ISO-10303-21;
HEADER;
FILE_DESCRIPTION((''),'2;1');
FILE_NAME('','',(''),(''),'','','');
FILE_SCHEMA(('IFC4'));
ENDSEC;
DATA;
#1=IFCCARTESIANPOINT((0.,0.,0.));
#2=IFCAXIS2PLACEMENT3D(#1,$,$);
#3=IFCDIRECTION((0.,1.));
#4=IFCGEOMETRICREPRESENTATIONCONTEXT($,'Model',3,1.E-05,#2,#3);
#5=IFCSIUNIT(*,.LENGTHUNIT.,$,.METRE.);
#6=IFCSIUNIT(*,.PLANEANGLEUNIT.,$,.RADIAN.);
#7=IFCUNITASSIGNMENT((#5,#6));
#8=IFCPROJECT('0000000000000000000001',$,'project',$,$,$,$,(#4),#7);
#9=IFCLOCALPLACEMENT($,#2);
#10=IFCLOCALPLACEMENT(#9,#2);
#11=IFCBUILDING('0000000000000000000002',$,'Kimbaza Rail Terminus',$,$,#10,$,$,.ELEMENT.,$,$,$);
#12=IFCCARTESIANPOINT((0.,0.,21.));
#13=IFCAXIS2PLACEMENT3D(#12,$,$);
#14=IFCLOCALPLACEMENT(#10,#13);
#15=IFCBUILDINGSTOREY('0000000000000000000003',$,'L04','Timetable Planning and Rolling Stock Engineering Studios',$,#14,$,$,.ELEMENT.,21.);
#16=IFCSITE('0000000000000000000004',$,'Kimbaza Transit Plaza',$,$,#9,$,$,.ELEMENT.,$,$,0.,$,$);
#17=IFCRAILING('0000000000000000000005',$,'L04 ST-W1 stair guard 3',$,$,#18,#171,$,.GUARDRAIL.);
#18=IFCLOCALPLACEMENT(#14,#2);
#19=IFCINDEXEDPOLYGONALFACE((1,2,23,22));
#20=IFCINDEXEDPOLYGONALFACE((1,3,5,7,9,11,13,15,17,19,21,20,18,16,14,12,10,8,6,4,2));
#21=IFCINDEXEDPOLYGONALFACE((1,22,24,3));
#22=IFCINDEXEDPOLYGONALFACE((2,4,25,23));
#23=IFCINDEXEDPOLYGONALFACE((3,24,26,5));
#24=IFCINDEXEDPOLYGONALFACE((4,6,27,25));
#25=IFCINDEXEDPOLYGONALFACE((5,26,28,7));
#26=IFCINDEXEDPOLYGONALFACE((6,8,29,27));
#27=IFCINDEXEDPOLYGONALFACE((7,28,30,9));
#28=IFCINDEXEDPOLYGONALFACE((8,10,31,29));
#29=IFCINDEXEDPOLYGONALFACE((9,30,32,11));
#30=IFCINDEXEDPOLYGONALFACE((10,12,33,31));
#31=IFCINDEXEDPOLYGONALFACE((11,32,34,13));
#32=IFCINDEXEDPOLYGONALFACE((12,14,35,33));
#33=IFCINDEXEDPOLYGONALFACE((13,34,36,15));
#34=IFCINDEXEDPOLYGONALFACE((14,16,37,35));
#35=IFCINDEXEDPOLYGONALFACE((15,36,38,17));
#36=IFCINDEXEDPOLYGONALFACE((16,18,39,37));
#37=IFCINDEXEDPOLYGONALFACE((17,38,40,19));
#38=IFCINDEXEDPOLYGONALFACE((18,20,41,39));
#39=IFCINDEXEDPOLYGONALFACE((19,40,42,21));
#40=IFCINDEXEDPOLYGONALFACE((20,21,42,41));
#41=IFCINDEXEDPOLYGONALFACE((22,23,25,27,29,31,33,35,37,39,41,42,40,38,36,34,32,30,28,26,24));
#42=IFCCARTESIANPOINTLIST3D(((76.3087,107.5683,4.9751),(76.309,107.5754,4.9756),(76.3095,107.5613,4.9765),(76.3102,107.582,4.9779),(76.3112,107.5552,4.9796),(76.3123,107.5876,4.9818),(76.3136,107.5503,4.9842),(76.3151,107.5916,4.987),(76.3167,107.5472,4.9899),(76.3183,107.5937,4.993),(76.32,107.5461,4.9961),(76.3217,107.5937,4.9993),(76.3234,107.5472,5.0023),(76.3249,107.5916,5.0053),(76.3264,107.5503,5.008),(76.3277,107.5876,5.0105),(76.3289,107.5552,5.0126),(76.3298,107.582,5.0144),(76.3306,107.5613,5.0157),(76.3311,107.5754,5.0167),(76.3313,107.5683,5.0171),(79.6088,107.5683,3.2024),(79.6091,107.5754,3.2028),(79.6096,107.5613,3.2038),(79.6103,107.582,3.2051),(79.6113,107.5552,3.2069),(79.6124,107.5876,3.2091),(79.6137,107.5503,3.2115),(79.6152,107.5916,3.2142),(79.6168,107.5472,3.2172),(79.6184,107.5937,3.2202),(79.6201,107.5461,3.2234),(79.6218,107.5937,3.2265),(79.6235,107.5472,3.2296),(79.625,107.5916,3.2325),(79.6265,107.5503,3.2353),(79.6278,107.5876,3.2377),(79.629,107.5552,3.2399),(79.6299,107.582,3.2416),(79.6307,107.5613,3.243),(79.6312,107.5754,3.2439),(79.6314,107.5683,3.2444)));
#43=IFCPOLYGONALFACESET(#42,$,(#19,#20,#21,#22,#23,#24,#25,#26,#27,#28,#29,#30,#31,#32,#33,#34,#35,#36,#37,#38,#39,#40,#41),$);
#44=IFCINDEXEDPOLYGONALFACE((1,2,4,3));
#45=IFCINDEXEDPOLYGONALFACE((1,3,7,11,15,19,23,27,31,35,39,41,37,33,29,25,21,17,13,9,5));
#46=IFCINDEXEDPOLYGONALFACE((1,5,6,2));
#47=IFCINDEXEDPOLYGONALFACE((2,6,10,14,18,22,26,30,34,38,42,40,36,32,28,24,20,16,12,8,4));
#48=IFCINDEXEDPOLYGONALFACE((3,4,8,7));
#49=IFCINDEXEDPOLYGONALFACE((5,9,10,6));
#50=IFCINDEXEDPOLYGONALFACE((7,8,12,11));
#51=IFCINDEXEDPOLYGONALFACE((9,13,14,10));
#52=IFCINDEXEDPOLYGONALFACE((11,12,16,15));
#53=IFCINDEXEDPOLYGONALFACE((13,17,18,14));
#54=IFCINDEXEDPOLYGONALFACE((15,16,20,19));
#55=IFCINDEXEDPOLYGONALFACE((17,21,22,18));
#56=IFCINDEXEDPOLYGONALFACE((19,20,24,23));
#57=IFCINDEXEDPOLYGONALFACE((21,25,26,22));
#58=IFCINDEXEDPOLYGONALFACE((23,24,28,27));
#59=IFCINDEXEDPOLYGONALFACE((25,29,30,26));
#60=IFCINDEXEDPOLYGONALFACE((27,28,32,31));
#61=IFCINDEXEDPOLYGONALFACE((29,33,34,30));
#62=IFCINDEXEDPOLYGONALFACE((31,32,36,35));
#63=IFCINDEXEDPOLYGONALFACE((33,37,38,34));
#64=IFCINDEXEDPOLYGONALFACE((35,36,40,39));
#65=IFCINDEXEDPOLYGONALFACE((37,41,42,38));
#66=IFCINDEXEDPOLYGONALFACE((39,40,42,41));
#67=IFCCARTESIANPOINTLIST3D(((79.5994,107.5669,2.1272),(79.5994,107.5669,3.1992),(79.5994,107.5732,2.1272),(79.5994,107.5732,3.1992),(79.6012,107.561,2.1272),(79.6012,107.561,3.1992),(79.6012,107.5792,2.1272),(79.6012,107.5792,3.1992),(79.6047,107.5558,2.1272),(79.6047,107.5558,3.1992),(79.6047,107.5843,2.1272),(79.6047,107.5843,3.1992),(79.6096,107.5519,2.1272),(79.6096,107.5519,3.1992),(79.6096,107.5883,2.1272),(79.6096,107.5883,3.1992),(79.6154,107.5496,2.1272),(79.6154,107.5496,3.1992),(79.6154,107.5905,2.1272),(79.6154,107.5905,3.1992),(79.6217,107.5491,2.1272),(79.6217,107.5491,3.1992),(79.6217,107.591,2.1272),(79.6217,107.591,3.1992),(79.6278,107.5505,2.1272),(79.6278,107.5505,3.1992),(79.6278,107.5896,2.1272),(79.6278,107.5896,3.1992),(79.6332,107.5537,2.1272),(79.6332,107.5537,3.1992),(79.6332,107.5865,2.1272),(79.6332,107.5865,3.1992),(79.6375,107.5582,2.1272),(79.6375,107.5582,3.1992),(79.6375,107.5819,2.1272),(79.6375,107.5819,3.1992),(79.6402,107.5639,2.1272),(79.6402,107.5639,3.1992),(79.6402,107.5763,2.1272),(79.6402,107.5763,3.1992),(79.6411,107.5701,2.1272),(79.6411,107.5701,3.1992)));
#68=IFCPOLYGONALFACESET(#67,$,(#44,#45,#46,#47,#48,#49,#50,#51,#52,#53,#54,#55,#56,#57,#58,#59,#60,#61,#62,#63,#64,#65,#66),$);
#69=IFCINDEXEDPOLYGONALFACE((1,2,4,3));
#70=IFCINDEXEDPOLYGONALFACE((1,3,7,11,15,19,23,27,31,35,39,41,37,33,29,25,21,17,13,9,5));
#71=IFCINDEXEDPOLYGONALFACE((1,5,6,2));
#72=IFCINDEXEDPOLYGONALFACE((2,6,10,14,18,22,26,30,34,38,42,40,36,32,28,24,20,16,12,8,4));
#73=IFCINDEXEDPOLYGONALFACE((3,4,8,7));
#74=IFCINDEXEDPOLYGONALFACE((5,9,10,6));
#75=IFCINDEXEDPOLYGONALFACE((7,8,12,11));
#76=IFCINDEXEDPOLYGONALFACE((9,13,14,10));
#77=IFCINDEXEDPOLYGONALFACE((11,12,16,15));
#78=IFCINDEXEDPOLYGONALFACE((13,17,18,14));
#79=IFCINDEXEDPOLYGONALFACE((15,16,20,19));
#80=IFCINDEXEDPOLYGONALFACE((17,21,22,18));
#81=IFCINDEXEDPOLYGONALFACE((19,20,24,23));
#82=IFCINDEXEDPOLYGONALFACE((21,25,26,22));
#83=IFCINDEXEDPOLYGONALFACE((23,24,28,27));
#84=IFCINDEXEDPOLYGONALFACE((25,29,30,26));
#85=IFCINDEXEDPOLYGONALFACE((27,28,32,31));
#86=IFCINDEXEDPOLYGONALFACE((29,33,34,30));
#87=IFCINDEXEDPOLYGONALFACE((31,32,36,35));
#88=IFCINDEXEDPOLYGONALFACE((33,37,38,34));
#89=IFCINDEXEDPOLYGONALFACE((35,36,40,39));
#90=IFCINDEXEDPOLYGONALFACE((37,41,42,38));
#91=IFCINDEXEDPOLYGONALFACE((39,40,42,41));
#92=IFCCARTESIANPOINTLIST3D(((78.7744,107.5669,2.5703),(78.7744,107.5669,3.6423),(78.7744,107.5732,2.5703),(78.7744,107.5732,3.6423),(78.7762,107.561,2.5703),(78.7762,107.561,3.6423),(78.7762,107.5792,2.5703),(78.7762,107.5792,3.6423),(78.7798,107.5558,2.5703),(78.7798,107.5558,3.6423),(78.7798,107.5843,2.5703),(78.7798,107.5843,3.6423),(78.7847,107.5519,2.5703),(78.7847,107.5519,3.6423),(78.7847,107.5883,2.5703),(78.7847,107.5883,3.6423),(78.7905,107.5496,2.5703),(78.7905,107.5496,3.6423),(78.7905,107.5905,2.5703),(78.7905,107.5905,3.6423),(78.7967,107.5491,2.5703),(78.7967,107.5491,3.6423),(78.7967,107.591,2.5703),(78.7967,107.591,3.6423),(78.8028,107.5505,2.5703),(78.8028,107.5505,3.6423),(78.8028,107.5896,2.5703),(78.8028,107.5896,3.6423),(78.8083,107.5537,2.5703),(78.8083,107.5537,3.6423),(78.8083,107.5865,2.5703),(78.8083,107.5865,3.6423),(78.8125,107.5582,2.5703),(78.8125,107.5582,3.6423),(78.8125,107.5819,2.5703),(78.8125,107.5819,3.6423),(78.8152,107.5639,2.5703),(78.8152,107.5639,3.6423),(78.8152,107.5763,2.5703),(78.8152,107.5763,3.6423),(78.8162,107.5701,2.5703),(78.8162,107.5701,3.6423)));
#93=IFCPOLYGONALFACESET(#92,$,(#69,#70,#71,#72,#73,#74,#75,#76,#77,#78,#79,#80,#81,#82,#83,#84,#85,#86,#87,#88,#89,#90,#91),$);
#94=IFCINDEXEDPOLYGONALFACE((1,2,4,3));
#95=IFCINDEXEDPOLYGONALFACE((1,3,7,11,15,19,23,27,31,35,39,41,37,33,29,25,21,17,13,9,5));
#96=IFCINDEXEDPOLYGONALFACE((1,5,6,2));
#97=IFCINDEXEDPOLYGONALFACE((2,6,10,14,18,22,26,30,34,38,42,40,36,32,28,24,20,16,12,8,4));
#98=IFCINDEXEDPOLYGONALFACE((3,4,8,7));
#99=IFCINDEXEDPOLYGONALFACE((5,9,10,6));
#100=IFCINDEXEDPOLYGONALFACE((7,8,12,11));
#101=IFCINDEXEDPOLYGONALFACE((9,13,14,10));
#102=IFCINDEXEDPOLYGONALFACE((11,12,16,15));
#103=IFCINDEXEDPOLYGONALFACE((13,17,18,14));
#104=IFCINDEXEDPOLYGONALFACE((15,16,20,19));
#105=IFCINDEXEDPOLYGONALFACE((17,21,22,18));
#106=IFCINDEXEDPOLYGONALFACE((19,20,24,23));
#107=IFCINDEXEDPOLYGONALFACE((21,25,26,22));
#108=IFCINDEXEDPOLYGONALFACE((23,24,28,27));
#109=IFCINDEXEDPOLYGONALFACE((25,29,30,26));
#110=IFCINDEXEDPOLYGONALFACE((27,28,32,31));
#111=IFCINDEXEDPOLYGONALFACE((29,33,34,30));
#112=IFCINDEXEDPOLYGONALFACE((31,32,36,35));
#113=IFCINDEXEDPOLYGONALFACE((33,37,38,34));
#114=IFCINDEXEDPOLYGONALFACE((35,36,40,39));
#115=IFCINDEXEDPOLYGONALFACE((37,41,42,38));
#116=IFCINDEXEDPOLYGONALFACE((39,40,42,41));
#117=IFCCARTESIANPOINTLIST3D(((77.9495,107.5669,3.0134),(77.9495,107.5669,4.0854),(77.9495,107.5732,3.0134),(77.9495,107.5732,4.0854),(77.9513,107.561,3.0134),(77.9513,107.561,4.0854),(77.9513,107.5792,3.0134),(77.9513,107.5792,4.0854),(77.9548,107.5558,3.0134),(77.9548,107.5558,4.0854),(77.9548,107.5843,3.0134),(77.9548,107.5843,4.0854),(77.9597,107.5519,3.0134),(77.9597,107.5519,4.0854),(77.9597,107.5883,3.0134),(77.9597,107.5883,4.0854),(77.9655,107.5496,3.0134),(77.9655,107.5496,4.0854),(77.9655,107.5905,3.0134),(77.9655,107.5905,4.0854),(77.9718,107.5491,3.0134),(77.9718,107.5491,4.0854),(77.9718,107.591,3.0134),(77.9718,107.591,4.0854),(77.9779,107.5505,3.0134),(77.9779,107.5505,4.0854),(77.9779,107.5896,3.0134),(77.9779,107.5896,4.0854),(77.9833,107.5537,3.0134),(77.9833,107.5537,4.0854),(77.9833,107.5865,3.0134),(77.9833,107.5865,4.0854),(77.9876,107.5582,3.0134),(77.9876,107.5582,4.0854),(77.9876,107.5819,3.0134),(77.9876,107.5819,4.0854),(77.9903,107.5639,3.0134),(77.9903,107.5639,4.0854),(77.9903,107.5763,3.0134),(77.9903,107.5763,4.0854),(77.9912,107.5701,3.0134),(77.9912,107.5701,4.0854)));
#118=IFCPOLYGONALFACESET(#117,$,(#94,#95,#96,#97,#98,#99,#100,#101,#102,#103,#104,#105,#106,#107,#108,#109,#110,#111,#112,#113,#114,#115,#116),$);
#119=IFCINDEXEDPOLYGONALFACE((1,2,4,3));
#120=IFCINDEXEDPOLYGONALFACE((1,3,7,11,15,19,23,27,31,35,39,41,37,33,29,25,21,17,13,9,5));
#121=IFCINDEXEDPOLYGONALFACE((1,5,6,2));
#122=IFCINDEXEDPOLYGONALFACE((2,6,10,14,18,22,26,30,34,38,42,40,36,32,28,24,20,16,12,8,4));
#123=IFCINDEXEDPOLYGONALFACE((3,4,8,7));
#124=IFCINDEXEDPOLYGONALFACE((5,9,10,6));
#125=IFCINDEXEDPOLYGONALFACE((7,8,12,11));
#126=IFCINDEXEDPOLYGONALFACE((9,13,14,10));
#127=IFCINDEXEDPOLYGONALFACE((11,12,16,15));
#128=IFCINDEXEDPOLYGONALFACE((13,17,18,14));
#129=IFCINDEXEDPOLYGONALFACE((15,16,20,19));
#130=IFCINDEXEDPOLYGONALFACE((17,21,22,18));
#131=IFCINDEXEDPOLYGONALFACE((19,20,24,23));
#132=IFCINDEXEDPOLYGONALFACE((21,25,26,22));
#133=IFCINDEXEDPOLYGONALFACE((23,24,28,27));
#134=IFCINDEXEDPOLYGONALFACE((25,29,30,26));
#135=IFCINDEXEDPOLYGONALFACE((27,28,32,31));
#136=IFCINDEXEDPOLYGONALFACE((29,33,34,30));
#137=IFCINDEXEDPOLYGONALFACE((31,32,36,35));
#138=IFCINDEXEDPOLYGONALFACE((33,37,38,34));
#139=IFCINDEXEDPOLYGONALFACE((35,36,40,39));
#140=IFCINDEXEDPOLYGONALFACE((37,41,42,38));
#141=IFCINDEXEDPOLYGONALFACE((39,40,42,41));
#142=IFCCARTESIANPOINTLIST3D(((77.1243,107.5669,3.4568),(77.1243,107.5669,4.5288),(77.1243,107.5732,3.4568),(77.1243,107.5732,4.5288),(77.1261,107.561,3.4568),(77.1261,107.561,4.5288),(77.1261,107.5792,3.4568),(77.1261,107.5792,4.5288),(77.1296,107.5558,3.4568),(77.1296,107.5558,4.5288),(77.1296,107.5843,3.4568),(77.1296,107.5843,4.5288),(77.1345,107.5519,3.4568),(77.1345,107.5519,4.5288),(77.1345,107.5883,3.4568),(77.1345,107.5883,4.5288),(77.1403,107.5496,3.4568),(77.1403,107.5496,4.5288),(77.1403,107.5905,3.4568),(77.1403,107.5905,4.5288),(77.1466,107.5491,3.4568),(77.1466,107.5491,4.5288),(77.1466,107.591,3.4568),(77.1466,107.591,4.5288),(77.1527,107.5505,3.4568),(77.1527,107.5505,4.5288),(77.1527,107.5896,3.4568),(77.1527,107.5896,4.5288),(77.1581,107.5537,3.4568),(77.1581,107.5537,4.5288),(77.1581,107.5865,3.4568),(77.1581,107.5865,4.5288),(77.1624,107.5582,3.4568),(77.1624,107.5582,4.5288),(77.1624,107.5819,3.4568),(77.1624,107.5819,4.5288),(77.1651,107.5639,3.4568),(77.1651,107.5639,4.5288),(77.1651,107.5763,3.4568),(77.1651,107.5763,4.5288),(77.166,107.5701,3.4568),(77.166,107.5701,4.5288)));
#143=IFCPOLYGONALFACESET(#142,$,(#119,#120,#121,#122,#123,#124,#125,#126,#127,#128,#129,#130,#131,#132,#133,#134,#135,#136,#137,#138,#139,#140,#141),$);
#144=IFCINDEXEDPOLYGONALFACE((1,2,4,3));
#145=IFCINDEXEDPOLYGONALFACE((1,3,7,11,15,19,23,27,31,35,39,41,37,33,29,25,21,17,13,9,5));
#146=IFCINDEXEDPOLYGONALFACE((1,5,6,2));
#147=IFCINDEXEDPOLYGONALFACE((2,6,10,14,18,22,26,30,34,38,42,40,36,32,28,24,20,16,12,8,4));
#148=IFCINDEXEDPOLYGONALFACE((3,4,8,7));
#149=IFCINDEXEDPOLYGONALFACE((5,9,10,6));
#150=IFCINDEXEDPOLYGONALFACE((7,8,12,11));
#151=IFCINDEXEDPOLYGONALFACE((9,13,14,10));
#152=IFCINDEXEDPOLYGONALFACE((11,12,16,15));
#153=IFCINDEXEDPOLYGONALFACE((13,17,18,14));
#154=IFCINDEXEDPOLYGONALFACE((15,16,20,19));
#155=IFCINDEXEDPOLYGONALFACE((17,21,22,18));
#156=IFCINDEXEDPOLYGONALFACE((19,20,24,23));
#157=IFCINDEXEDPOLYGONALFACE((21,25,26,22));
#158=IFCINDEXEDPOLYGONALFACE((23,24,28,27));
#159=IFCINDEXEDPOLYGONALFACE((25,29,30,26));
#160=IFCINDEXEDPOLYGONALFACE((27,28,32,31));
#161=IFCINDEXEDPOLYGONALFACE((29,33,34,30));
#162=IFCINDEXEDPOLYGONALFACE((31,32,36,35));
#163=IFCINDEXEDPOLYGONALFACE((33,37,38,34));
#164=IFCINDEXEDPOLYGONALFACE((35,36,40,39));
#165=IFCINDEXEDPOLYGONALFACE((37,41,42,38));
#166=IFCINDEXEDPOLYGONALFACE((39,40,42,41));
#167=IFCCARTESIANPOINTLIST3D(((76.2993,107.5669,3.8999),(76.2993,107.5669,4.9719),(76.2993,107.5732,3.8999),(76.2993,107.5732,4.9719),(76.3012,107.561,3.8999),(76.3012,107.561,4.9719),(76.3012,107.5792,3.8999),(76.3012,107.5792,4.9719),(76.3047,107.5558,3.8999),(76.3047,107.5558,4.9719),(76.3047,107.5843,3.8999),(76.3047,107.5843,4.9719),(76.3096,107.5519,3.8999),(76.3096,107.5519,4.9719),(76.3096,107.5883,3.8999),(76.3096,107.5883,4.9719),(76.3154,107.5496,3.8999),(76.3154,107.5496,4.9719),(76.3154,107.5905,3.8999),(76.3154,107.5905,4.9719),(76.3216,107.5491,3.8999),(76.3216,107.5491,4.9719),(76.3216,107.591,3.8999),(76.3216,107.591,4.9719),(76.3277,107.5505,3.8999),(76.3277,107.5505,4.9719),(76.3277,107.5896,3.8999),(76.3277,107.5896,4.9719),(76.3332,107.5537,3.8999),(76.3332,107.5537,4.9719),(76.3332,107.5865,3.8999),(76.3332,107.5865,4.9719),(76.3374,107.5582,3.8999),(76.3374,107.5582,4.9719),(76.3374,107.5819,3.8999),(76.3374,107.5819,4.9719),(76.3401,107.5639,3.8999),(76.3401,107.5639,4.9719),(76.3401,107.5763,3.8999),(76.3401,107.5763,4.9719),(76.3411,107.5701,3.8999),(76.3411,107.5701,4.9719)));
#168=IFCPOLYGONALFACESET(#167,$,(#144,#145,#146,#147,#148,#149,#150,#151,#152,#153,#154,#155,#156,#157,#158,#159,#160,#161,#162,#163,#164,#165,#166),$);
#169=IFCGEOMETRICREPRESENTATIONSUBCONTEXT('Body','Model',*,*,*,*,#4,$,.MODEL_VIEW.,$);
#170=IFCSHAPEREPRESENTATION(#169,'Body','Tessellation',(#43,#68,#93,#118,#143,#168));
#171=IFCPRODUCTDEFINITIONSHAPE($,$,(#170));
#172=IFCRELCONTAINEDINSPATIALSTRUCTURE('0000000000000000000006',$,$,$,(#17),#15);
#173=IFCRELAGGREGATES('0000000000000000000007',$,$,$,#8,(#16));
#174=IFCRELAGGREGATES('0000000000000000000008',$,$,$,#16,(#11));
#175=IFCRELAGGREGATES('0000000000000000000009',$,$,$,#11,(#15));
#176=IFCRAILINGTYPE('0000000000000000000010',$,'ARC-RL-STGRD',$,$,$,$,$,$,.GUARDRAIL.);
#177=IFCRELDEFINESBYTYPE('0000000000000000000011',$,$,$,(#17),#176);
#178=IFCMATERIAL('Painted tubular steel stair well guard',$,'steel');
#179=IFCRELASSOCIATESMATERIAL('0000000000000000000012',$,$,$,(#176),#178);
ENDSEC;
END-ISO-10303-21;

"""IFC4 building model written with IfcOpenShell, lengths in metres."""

from ifc_helpers import new_model, si_unit, direction, frame, origin, origin_2d, place, context, subcontext, project, spatial, circle, extrude, material, type_object, element, save


model = new_model("IFC4")

# Units and contexts
model_context = context("Model", 3, precision=1e-05, world=origin(), true_north=direction((0.0, 1.0)))
body_context = subcontext(model_context, "Body", "Model", "MODEL_VIEW")
ifc_project = project(units=[si_unit("LENGTHUNIT", "METRE"), si_unit("PLANEANGLEUNIT", "RADIAN")], contexts=[model_context])

# Site, building, storey
site_placement = place(None, origin())
site = spatial("IfcSite", under=ifc_project, at=site_placement, Name="Kimbaza Transit Plaza", CompositionType="ELEMENT", RefElevation=0.0)
building_placement = place(site_placement, origin())
building = spatial("IfcBuilding", under=site, at=building_placement, Name="Kimbaza Rail Terminus", CompositionType="ELEMENT")
storey_placement = place(building_placement, frame((0.0, 0.0, 21.0)))
storey = spatial("IfcBuildingStorey", under=building, at=storey_placement, Name="L04", Description="Timetable Planning and Rolling Stock Engineering Studios", CompositionType="ELEMENT", Elevation=21.0)

# Railing
ifc_material_1 = material(Name="Painted tubular steel stair well guard", Category="steel")
railing_type_1 = type_object("IfcRailingType", Name="ARC-RL-STGRD", PredefinedType="GUARDRAIL", material=ifc_material_1)
railing_1_placement = place(storey_placement, frame((79.6201, 107.5701, 2.1272)))
element("IfcRailing", 1, at=railing_1_placement, inside=storey, type_object=railing_type_1, Name="L04 ST-W1 stair guard 3", PredefinedType="GUARDRAIL", context=body_context, shape_type="SweptSolid", body=[
    extrude(circle(Radius=0.0239, at=origin_2d()), frame((0.0, 0.0, 1.0962), z_axis=(-0.880944, 0.0, 0.473221), x_axis=(0.0, -1.0, 0.0)), (0.0, 0.0, 1.0), 3.7461),
    extrude(circle(Radius=0.021, at=origin_2d()), origin(), (0.0, 0.0, 1.0), 1.072),
    extrude(circle(Radius=0.021, at=origin_2d()), frame((-0.825, 0.0, 0.4431)), (0.0, 0.0, 1.0), 1.072),
    extrude(circle(Radius=0.021, at=origin_2d()), frame((-1.6499, 0.0, 0.8862)), (0.0, 0.0, 1.0), 1.072),
    extrude(circle(Radius=0.021, at=origin_2d()), frame((-2.4751, 0.0, 1.3296)), (0.0, 0.0, 1.0), 1.072),
    extrude(circle(Radius=0.021, at=origin_2d()), frame((-3.3, 0.0, 1.7727)), (0.0, 0.0, 1.0), 1.072),
])

save(model, "model.ifc")
